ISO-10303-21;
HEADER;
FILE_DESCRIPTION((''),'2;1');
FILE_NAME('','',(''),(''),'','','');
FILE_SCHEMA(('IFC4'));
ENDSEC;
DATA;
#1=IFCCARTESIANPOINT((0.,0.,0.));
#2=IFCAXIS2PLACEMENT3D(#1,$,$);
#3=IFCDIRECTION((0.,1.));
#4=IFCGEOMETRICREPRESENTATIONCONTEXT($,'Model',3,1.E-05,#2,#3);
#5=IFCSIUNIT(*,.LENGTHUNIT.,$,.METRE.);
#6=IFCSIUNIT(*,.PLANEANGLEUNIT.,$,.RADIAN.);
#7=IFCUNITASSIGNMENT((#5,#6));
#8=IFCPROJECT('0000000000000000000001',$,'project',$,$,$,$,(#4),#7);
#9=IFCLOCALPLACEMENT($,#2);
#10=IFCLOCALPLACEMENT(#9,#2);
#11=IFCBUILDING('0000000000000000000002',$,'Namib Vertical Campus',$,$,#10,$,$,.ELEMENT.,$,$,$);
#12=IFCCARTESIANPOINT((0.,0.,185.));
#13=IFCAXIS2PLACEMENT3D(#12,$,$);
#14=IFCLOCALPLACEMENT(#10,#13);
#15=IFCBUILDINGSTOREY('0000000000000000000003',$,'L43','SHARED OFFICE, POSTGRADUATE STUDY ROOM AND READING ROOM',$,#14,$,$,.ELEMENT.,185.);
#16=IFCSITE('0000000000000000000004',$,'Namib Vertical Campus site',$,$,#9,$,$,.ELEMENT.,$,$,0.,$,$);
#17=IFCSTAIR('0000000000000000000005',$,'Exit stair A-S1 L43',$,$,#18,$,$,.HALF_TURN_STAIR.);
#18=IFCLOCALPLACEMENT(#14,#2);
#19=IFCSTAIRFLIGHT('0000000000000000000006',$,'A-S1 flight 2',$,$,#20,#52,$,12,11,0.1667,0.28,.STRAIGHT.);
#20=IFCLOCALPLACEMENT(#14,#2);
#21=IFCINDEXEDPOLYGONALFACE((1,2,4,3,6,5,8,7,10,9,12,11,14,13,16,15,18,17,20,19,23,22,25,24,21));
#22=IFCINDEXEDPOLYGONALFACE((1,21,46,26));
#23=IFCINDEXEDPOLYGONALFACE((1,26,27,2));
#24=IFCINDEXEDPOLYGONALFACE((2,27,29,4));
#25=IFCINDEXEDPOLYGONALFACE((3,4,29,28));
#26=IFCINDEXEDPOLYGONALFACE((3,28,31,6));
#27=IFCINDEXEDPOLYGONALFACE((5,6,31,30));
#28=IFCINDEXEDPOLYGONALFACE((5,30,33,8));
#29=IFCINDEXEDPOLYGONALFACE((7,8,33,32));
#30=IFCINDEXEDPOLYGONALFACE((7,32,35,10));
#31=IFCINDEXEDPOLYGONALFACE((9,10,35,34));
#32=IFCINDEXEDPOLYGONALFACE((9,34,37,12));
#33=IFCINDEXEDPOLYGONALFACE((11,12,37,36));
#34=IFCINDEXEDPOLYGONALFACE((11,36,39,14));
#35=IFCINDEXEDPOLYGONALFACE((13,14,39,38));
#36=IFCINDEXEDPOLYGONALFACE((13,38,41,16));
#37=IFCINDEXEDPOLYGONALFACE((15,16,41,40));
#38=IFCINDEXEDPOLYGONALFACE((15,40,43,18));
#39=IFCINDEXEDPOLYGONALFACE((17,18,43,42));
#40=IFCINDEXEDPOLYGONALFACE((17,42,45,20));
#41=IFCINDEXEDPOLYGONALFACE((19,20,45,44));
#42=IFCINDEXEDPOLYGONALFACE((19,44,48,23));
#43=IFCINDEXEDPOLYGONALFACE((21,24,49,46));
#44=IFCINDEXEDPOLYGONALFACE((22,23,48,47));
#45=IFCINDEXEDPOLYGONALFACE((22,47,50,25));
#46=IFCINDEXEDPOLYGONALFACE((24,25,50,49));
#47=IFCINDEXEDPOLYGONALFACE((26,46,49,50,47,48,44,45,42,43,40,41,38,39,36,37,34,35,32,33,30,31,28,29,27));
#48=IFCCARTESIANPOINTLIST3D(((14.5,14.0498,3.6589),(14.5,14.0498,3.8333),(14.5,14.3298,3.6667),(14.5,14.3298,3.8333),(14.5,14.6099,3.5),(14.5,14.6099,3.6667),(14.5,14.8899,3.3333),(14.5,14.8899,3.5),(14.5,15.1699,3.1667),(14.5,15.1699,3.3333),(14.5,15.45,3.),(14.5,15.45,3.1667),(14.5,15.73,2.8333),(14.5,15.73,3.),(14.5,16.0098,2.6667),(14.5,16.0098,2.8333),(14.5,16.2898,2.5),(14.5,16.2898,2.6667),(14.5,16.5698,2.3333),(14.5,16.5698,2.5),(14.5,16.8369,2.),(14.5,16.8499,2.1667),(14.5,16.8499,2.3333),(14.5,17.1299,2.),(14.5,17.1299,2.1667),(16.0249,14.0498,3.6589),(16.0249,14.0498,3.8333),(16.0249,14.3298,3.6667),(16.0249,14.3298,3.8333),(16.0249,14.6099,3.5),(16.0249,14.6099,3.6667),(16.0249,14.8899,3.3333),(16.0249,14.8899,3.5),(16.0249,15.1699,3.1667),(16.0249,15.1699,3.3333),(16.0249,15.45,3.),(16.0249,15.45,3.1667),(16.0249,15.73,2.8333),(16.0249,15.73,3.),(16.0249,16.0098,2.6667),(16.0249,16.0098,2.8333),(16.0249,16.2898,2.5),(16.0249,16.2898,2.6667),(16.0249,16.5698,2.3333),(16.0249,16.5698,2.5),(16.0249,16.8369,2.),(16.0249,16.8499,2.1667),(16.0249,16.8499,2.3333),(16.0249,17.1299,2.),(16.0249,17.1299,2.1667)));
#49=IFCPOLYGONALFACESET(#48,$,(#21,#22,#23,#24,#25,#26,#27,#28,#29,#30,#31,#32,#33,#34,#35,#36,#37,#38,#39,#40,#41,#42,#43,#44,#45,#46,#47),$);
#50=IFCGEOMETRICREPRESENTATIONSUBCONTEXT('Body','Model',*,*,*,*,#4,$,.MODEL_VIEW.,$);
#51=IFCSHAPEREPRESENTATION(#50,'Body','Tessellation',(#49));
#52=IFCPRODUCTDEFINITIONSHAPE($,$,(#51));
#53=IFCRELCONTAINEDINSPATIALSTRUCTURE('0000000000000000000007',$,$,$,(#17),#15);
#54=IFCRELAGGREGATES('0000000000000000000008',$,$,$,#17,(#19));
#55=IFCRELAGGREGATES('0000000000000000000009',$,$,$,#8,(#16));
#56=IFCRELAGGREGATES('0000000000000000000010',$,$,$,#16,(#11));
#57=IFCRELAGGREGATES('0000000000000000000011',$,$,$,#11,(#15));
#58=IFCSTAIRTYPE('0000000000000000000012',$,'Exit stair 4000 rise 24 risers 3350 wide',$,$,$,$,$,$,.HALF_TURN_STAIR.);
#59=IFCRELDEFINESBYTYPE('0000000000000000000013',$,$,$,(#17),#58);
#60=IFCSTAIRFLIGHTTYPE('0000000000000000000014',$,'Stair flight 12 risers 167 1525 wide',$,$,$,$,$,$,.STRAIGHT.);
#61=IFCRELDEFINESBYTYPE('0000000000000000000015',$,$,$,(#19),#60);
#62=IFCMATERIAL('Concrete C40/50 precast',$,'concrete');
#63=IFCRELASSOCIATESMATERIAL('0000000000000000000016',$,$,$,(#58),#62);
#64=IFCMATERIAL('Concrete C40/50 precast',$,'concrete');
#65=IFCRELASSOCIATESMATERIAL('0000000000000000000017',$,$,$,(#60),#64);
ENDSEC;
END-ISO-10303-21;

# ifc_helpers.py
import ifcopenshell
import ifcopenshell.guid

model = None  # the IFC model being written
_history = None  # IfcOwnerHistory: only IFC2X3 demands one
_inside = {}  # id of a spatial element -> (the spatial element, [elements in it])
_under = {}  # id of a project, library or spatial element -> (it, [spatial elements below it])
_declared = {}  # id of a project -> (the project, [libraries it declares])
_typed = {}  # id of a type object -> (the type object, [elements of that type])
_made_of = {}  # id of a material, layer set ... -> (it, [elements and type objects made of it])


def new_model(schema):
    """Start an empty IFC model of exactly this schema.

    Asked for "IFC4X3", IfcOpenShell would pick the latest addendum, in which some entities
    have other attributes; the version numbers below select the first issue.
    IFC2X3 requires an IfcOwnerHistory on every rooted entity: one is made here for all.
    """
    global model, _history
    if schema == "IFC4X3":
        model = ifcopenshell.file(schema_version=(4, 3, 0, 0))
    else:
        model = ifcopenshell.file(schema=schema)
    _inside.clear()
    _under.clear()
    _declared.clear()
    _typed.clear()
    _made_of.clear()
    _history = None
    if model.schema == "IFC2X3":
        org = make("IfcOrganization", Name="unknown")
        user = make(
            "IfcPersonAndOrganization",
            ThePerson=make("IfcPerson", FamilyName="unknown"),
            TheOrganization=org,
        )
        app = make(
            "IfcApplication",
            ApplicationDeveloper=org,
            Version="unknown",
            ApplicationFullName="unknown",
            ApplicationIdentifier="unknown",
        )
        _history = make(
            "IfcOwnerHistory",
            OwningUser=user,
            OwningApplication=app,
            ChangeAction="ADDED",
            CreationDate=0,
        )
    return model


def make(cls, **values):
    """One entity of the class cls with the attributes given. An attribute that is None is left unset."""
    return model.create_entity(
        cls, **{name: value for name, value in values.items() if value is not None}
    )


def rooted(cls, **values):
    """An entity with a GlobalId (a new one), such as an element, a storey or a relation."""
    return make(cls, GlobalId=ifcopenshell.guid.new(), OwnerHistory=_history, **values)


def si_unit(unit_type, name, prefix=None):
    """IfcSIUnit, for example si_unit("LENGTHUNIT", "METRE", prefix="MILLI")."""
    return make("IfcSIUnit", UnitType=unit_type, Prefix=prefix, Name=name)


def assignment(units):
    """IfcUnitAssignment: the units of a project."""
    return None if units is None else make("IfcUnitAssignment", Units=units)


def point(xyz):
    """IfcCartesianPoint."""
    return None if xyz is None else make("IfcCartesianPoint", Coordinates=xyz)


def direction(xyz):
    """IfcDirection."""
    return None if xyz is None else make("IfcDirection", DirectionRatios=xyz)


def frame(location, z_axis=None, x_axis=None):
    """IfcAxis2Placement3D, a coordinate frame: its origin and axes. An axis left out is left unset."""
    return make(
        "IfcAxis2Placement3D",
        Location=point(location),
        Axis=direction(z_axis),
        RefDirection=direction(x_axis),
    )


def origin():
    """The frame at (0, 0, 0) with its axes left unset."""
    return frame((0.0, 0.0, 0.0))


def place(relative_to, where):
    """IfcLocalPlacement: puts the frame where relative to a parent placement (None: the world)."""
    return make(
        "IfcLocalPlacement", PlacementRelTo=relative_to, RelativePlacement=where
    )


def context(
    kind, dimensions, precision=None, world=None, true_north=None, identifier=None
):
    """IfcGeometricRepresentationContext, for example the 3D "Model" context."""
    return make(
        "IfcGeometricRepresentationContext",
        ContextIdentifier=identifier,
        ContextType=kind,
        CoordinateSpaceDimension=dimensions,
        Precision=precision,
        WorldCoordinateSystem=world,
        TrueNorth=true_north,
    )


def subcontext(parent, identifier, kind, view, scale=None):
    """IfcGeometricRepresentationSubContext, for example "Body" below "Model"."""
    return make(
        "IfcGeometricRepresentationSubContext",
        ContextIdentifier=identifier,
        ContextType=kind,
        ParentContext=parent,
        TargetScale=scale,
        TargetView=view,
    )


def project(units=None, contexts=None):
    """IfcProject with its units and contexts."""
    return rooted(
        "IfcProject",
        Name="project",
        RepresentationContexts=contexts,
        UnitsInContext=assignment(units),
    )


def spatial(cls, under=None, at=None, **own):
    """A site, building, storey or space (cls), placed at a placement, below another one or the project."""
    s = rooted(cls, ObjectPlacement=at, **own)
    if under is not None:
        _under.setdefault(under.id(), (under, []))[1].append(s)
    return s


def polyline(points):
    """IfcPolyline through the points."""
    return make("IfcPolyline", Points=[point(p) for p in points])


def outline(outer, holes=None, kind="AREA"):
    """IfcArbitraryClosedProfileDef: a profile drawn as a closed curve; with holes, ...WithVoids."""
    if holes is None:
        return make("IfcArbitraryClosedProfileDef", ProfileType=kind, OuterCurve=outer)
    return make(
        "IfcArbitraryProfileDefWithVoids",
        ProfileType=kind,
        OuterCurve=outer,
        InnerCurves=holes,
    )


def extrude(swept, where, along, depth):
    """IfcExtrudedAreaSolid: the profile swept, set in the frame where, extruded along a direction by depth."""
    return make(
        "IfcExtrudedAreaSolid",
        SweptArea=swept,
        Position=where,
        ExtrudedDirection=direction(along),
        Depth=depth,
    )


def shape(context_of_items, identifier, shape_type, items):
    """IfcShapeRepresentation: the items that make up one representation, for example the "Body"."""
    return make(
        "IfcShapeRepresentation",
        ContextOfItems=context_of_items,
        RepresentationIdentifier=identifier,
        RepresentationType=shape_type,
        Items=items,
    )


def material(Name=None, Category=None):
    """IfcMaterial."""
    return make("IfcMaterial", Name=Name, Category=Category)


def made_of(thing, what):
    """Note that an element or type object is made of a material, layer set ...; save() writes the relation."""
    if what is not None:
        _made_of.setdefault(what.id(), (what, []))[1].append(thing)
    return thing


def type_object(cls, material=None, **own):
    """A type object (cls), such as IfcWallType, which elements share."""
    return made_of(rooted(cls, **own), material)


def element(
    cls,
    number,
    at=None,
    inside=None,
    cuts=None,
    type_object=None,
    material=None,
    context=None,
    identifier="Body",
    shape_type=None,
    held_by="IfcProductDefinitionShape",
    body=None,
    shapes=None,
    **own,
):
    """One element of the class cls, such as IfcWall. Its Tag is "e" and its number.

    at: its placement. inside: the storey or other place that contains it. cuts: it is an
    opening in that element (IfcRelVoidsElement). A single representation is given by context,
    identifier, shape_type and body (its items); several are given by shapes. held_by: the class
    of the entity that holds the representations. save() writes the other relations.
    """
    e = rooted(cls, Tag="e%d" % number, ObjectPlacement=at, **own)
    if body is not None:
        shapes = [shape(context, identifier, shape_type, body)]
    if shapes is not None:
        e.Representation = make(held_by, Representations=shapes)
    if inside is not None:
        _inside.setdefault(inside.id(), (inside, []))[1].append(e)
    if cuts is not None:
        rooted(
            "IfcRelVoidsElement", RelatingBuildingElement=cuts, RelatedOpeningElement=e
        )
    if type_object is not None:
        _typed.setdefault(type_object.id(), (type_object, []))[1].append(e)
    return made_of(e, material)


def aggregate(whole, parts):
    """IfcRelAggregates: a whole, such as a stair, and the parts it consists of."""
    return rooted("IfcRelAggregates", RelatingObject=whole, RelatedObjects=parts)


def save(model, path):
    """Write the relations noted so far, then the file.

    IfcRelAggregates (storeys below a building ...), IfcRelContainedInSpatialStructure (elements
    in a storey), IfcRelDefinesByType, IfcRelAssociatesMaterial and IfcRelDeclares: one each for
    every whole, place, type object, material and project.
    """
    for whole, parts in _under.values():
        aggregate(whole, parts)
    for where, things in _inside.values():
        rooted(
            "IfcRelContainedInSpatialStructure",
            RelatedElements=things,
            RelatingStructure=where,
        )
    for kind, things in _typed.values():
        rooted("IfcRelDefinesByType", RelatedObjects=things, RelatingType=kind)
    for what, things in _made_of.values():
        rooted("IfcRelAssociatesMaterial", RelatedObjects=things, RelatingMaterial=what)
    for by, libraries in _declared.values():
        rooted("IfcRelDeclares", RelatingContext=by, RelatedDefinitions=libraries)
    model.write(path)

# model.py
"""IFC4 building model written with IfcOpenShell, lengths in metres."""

from ifc_helpers import new_model, si_unit, direction, frame, origin, place, context, subcontext, project, spatial, polyline, outline, extrude, material, type_object, element, aggregate, save


model = new_model("IFC4")

# Units and contexts
model_context = context("Model", 3, precision=1e-05, world=origin(), true_north=direction((0.0, 1.0)))
body_context = subcontext(model_context, "Body", "Model", "MODEL_VIEW")
ifc_project = project(units=[si_unit("LENGTHUNIT", "METRE"), si_unit("PLANEANGLEUNIT", "RADIAN")], contexts=[model_context])

# Site, building, storey
site_placement = place(None, origin())
site = spatial("IfcSite", under=ifc_project, at=site_placement, Name="Namib Vertical Campus site", CompositionType="ELEMENT", RefElevation=0.0)
building_placement = place(site_placement, origin())
building = spatial("IfcBuilding", under=site, at=building_placement, Name="Namib Vertical Campus", CompositionType="ELEMENT")
storey_placement = place(building_placement, frame((0.0, 0.0, 185.0)))
storey = spatial("IfcBuildingStorey", under=building, at=storey_placement, Name="L43", Description="SHARED OFFICE, POSTGRADUATE STUDY ROOM AND READING ROOM", CompositionType="ELEMENT", Elevation=185.0)

# Stair, stair flight
ifc_material_1 = material(Name="Concrete C40/50 precast", Category="concrete")
stair_type = type_object("IfcStairType", Name="Exit stair 4000 rise 24 risers 3350 wide", PredefinedType="HALF_TURN_STAIR", material=ifc_material_1)
stair_placement = place(storey_placement, origin())
stair = element("IfcStair", 1, at=stair_placement, inside=storey, type_object=stair_type, Name="Exit stair A-S1 L43", PredefinedType="HALF_TURN_STAIR")
ifc_material_2 = material(Name="Concrete C40/50 precast", Category="concrete")
stair_flight_type = type_object("IfcStairFlightType", Name="Stair flight 12 risers 167 1525 wide", PredefinedType="STRAIGHT", material=ifc_material_2)
stair_flight_placement = place(storey_placement, frame((15.2625, 17.1299, 2.0), z_axis=(0.0, 0.0, 1.0), x_axis=(0.0, -1.0, 0.0)))
stair_flight = element("IfcStairFlight", 2, at=stair_flight_placement, type_object=stair_flight_type, Name="A-S1 flight 2", NumberOfRisers=12, NumberOfTreads=11, PredefinedType="STRAIGHT", RiserHeight=0.1667, TreadLength=0.28, context=body_context, shape_type="SweptSolid", body=[
    extrude(outline(polyline([(0.0, 0.0), (0.0, 0.1667), (0.28, 0.1667), (0.28, 0.3333), (0.5601, 0.3333), (0.5601, 0.5), (0.8401, 0.5), (0.8401, 0.6667), (1.1201, 0.6667), (1.1201, 0.8333), (1.3999, 0.8333), (1.3999, 1.0), (1.6799, 1.0), (1.6799, 1.1667), (1.96, 1.1667), (1.96, 1.3333), (2.24, 1.3333), (2.24, 1.5), (2.52, 1.5), (2.52, 1.6667), (2.8, 1.6667), (2.8, 1.8333), (3.0801, 1.8333), (3.0801, 2.0), (3.0801, 1.6589), (0.293, 0.0), (0.0, 0.0)])), frame((0.0, 0.7625, 0.0), z_axis=(0.0, -1.0, 0.0), x_axis=(1.0, 0.0, 0.0)), (0.0, 0.0, 1.0), 1.5249),
])
aggregate(stair, [stair_flight])

save(model, "model.ifc")
